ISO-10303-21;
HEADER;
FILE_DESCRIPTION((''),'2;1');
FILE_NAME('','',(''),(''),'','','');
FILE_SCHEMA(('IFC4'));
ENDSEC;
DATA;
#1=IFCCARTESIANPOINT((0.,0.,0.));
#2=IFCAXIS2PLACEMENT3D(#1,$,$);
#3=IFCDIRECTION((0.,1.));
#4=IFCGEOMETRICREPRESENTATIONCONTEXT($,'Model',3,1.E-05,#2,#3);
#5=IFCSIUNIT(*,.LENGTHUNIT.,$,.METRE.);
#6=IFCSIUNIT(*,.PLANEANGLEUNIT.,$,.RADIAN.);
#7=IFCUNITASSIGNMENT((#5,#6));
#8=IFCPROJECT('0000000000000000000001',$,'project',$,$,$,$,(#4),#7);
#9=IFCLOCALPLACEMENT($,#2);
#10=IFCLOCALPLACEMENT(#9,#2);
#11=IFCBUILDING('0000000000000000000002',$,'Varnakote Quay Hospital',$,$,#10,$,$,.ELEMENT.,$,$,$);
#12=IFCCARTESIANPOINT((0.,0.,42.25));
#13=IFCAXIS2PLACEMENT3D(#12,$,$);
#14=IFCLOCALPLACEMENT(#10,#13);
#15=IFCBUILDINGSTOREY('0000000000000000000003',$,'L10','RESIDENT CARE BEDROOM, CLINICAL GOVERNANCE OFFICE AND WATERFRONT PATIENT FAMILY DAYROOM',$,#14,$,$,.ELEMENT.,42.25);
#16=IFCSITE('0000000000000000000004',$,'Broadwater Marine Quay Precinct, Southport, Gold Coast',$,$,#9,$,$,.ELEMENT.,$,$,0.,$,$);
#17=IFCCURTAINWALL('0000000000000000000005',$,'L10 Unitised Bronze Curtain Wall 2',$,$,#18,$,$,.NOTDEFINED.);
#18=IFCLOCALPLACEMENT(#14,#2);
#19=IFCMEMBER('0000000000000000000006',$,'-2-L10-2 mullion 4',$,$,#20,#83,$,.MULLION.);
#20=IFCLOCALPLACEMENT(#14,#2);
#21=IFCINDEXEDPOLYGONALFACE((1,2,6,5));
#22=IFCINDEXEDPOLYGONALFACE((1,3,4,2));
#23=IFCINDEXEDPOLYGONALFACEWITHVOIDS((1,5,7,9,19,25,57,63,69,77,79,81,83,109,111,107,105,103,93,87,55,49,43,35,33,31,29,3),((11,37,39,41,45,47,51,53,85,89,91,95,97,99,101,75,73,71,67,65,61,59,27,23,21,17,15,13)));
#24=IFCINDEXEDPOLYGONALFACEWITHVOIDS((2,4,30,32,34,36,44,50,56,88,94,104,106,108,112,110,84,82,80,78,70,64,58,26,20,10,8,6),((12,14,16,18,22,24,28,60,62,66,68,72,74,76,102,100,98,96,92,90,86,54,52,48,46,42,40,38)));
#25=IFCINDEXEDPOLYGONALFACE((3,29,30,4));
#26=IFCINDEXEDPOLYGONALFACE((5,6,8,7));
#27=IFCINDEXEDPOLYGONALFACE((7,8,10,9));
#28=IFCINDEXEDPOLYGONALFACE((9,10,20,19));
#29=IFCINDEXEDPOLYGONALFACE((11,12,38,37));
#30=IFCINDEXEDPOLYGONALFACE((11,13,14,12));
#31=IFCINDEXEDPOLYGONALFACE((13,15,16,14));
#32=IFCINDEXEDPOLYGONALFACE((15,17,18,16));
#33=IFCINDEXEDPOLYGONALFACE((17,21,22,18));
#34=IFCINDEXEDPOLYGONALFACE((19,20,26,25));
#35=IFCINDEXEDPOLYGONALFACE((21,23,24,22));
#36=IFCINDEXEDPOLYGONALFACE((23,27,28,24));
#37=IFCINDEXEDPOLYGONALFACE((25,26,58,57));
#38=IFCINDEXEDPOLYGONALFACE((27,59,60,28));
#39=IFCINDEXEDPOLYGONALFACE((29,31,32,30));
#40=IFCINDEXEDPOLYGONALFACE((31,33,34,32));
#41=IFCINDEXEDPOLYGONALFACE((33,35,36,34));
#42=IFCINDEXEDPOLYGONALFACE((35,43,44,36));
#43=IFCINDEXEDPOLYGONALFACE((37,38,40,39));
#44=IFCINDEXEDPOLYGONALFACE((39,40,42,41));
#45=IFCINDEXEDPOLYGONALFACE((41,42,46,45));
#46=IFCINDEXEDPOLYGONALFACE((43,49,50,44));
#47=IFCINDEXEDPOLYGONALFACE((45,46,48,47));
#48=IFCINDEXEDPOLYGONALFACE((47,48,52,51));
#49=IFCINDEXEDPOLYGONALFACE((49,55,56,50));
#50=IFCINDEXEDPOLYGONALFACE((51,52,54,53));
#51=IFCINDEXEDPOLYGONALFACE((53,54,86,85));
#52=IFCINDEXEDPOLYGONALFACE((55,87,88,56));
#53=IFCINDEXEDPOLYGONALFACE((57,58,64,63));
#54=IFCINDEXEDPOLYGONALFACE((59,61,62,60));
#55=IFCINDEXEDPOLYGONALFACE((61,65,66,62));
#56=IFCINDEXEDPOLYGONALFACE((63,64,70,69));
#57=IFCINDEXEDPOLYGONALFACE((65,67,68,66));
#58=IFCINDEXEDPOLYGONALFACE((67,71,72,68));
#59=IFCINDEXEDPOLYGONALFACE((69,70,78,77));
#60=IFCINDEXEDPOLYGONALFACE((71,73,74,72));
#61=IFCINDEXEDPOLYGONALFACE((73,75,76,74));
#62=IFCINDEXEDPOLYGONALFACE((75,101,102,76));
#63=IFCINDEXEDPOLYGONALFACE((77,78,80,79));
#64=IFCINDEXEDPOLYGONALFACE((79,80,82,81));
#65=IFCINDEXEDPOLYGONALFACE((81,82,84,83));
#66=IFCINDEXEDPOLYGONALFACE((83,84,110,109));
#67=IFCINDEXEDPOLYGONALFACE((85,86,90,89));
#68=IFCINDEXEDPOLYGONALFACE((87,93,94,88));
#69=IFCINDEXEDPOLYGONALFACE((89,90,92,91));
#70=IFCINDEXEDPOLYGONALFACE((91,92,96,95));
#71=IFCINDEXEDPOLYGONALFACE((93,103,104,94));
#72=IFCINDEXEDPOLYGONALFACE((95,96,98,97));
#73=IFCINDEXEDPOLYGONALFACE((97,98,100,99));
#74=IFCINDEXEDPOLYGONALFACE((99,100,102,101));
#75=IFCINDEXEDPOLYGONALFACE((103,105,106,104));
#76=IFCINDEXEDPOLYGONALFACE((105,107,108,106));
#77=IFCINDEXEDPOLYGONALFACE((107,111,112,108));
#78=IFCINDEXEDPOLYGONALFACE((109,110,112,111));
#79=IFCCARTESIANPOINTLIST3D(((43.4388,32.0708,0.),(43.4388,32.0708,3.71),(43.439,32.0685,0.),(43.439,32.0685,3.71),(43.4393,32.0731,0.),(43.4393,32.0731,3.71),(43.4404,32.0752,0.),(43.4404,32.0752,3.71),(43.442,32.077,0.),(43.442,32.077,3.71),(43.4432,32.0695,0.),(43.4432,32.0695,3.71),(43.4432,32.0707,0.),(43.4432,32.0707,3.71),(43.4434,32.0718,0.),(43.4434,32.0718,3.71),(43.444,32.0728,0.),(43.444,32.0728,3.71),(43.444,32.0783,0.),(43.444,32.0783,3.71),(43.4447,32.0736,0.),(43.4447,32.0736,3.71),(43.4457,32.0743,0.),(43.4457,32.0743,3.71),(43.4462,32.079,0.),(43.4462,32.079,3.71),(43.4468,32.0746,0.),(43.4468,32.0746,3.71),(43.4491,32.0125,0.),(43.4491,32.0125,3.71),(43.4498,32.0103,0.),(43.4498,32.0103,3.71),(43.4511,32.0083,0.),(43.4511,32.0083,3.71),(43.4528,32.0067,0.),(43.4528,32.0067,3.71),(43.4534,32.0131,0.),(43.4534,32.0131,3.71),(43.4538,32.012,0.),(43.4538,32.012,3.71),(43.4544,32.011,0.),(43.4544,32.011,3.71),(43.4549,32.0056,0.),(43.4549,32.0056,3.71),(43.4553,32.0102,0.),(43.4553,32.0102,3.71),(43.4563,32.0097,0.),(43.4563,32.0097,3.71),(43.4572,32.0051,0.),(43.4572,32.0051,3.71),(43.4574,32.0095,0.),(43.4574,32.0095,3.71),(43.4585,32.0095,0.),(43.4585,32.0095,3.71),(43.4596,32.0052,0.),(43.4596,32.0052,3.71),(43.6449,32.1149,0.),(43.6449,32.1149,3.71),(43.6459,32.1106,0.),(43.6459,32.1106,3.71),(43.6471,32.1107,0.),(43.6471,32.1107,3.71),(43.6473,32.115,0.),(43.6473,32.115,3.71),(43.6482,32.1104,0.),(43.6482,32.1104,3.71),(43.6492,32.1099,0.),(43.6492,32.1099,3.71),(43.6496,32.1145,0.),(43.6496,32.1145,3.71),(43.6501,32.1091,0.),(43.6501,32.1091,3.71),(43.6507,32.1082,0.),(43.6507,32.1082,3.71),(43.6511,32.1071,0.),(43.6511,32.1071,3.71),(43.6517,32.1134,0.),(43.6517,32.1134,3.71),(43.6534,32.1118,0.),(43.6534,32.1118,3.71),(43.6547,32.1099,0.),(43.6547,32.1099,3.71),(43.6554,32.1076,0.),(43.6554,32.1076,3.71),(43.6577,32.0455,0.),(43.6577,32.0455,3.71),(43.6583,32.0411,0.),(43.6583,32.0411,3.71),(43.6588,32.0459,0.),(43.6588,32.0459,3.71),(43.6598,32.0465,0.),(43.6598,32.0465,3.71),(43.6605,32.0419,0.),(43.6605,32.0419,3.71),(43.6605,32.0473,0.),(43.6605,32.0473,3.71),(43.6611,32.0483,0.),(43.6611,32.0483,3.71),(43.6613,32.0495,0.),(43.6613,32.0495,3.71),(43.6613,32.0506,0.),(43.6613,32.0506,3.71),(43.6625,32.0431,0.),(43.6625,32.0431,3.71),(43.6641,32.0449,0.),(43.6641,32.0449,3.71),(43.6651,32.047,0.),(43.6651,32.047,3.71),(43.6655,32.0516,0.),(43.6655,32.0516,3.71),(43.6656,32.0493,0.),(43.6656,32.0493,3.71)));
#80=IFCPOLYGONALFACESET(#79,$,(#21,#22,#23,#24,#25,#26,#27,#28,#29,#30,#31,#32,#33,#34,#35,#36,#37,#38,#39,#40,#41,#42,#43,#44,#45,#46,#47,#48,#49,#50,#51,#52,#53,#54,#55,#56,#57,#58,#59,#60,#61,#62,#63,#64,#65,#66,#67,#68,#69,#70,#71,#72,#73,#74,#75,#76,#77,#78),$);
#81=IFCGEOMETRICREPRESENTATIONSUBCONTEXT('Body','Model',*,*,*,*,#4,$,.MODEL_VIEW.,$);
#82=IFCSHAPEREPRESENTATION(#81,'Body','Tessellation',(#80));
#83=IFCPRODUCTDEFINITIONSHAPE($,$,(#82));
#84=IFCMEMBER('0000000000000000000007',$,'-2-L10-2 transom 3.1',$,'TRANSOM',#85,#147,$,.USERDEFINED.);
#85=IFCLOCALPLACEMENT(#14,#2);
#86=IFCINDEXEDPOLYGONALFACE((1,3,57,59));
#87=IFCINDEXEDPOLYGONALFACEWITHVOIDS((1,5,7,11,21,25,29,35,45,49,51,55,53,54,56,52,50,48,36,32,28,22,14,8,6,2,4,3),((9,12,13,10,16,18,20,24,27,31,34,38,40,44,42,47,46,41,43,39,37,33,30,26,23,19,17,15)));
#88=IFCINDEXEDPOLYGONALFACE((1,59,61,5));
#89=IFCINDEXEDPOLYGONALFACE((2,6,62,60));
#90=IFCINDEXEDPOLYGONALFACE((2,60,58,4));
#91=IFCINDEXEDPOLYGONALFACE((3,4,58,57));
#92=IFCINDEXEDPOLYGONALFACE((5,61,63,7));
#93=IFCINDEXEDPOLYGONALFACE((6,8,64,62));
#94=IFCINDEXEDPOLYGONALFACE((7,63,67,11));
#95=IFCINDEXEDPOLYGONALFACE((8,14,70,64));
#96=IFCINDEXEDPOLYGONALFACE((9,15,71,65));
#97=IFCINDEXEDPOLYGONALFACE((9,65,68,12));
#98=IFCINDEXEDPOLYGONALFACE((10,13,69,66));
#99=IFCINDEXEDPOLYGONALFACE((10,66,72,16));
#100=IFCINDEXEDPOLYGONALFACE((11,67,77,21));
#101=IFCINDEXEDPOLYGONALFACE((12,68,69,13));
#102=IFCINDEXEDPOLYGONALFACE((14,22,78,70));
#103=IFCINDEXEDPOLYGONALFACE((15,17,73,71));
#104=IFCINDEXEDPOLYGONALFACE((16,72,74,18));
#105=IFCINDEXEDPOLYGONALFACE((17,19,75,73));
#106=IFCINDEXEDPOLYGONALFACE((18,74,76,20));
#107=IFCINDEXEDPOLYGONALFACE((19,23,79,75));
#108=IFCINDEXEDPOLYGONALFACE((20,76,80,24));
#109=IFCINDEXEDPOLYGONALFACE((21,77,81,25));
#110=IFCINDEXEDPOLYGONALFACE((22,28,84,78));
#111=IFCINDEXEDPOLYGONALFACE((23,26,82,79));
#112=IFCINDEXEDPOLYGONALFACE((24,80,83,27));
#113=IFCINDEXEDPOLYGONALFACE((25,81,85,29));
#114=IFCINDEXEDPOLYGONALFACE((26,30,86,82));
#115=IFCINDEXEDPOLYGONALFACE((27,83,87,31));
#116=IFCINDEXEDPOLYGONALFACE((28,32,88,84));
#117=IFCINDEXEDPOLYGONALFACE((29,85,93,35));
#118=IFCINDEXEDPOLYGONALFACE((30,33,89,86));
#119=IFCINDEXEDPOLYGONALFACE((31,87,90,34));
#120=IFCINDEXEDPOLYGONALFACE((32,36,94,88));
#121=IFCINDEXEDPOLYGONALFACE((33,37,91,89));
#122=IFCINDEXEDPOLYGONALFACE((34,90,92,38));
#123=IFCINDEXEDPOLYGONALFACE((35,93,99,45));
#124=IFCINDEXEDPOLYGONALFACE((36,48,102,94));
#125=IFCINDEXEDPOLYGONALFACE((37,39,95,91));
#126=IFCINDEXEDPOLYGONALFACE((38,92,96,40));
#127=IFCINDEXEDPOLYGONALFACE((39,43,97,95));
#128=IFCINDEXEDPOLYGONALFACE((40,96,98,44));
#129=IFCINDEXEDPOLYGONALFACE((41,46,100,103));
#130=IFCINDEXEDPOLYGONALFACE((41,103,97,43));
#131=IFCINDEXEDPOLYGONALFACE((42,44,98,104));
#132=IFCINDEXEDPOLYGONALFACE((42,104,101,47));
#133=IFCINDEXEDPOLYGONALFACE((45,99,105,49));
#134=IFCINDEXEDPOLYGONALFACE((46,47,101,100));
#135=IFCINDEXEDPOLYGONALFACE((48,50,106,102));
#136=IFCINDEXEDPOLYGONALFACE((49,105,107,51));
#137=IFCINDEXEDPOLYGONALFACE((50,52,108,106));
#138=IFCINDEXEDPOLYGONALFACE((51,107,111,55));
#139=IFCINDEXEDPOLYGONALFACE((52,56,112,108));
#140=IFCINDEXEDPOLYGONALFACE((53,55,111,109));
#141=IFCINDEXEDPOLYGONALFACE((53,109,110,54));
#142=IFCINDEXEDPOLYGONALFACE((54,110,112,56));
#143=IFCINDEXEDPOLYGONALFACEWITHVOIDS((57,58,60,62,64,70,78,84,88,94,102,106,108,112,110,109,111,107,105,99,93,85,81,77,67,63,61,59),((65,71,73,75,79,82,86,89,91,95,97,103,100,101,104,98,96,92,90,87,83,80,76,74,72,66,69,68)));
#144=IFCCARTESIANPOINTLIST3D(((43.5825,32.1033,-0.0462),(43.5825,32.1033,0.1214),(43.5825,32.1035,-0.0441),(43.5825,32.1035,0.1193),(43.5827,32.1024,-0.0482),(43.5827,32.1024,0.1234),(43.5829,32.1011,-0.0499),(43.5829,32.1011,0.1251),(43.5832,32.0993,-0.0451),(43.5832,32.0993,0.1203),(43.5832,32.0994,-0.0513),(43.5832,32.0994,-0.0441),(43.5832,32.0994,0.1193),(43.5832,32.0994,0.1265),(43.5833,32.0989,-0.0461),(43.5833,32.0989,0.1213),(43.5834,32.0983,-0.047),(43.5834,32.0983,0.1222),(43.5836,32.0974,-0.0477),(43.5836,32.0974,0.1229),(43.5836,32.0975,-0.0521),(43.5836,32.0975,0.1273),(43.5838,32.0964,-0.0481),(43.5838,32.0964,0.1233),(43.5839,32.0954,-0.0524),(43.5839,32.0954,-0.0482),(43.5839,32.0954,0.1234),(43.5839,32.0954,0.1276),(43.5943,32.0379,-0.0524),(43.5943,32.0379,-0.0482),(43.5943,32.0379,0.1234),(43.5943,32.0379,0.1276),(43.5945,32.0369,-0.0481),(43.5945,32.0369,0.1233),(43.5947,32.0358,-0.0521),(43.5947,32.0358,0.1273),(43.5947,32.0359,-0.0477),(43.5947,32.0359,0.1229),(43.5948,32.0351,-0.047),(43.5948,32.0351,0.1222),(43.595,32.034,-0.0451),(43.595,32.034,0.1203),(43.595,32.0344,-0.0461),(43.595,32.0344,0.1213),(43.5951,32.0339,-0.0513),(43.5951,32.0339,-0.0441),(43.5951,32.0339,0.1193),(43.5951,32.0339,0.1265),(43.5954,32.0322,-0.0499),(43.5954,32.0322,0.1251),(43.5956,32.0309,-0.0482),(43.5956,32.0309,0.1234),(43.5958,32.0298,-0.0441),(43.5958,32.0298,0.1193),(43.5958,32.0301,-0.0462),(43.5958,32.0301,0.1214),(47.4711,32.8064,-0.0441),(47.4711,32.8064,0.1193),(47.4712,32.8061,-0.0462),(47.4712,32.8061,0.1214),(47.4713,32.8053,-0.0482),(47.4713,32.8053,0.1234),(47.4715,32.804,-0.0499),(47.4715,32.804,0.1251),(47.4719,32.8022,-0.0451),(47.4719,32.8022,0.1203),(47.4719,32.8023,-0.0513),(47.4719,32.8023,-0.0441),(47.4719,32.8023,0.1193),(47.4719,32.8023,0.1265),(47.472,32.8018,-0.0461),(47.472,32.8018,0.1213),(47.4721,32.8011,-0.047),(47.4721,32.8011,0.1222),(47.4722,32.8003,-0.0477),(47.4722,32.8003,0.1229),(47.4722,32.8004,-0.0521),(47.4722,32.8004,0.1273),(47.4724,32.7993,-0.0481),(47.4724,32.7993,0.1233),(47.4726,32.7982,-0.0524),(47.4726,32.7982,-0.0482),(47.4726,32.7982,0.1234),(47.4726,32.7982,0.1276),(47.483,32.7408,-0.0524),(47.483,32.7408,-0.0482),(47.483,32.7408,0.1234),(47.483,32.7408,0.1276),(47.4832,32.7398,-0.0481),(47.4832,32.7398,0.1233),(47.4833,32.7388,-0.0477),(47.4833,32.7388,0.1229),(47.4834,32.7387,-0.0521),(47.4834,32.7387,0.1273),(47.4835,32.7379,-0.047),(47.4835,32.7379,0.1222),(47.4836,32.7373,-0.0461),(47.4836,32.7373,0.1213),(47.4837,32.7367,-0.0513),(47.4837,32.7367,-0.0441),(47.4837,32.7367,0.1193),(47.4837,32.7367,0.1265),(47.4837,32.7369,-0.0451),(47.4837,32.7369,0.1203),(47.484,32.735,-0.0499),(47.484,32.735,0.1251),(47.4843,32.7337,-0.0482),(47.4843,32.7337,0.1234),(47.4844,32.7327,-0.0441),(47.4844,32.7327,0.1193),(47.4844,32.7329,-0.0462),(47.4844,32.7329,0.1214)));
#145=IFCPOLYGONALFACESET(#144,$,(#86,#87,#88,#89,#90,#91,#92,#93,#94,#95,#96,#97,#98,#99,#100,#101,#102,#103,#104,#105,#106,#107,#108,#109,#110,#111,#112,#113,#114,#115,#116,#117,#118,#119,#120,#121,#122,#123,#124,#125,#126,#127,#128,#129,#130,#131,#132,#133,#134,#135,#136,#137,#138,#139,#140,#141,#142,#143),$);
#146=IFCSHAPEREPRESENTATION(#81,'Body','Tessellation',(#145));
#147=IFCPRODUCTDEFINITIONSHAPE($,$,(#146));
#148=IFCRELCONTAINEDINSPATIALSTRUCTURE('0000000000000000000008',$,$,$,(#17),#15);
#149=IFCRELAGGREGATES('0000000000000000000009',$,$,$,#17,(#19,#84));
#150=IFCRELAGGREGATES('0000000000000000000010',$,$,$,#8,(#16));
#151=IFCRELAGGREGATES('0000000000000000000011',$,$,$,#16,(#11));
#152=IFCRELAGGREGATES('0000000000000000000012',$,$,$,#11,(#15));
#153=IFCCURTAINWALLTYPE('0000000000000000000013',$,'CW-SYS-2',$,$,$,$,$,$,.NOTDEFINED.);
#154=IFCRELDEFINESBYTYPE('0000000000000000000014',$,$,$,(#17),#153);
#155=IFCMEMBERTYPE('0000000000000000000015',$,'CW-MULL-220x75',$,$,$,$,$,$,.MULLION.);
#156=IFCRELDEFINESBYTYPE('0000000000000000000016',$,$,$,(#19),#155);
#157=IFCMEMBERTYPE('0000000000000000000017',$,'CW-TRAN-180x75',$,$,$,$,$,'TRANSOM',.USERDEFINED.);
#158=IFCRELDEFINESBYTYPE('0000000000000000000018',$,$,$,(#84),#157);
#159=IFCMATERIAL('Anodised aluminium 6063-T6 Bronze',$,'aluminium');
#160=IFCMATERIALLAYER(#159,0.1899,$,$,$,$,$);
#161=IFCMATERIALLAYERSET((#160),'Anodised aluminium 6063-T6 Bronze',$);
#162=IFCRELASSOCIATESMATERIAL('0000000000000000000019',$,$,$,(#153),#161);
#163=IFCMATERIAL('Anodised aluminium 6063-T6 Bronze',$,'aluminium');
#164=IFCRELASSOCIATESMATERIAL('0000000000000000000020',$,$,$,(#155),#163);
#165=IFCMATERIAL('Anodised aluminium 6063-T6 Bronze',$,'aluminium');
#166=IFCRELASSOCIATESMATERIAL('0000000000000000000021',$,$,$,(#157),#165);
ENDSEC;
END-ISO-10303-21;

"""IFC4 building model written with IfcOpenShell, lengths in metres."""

from ifc_helpers import new_model, si_unit, direction, frame, origin, origin_2d, place, context, subcontext, project, spatial, hollow_rectangle, extrude, material, layer, layer_set, material_profile, profile_set, type_object, element, aggregate, save


model = new_model("IFC4")

# Units and contexts
model_context = context("Model", 3, precision=1e-05, world=origin(), true_north=direction((0.0, 1.0)))
body_context = subcontext(model_context, "Body", "Model", "MODEL_VIEW")
ifc_project = project(units=[si_unit("LENGTHUNIT", "METRE"), si_unit("PLANEANGLEUNIT", "RADIAN")], contexts=[model_context])

# Site, building, storey
site_placement = place(None, origin())
site = spatial("IfcSite", under=ifc_project, at=site_placement, Name="Broadwater Marine Quay Precinct, Southport, Gold Coast", CompositionType="ELEMENT", RefElevation=0.0)
building_placement = place(site_placement, origin())
building = spatial("IfcBuilding", under=site, at=building_placement, Name="Varnakote Quay Hospital", CompositionType="ELEMENT")
storey_placement = place(building_placement, frame((0.0, 0.0, 42.25)))
storey = spatial("IfcBuildingStorey", under=building, at=storey_placement, Name="L10", Description="RESIDENT CARE BEDROOM, CLINICAL GOVERNANCE OFFICE AND WATERFRONT PATIENT FAMILY DAYROOM", CompositionType="ELEMENT", Elevation=42.25)

# Curtain wall, members
ifc_material_1 = material(Name="Anodised aluminium 6063-T6 Bronze", Category="aluminium")
ifc_layer_1 = layer(ifc_material_1, 0.1899)
ifc_layer_set_1 = layer_set([ifc_layer_1], Name="Anodised aluminium 6063-T6 Bronze")
curtain_wall_type = type_object("IfcCurtainWallType", Name="CW-SYS-2", PredefinedType="NOTDEFINED", material=ifc_layer_set_1)
curtain_wall_placement = place(storey_placement, origin())
curtain_wall = element("IfcCurtainWall", 1, at=curtain_wall_placement, inside=storey, type_object=curtain_wall_type, Name="L10 Unitised Bronze Curtain Wall 2", PredefinedType="NOTDEFINED")
ifc_material_2 = material(Name="Anodised aluminium 6063-T6 Bronze", Category="aluminium")
ifc_material_profile_1 = material_profile(ifc_material_2, hollow_rectangle(XDim=0.075, YDim=0.22, WallThickness=0.0044, InnerFilletRadius=0.0044, OuterFilletRadius=0.009, at=origin_2d()), Name="CW-MULL-220x75")
ifc_profile_set_1 = profile_set([ifc_material_profile_1], Name="Anodised aluminium 6063-T6 Bronze")
member_type_1 = type_object("IfcMemberType", Name="CW-MULL-220x75", PredefinedType="MULLION", material=ifc_profile_set_1)
member_1_placement = place(storey_placement, frame((43.5522, 32.0601, 0.0), z_axis=(0.0, 0.0, 1.0), x_axis=(0.177846, -0.984058, 0.0)))
member_1 = element("IfcMember", 2, at=member_1_placement, type_object=member_type_1, Name="-2-L10-2 mullion 4", PredefinedType="MULLION", context=body_context, shape_type="SweptSolid", body=[
    extrude(hollow_rectangle(XDim=0.075, YDim=0.22, WallThickness=0.0044, InnerFilletRadius=0.0044, OuterFilletRadius=0.009, at=origin_2d()), origin(), (0.0, 0.0, 1.0), 3.71),
])
ifc_material_3 = material(Name="Anodised aluminium 6063-T6 Bronze", Category="aluminium")
ifc_material_profile_2 = material_profile(ifc_material_3, hollow_rectangle(XDim=0.075, YDim=0.1799, WallThickness=0.0042, InnerFilletRadius=0.0042, OuterFilletRadius=0.0083, at=origin_2d()), Name="CW-TRAN-180x75")
ifc_profile_set_2 = profile_set([ifc_material_profile_2], Name="Anodised aluminium 6063-T6 Bronze")
member_type_2 = type_object("IfcMemberType", Name="CW-TRAN-180x75", ElementType="TRANSOM", PredefinedType="USERDEFINED", material=ifc_profile_set_2)
member_2_placement = place(storey_placement, frame((47.4778, 32.7695, 0.0376), z_axis=(-0.984054, -0.177869, 0.0), x_axis=(0.177869, -0.984054, 0.0)))
member_2 = element("IfcMember", 3, at=member_2_placement, type_object=member_type_2, Name="-2-L10-2 transom 3.1", ObjectType="TRANSOM", PredefinedType="USERDEFINED", context=body_context, shape_type="SweptSolid", body=[
    extrude(hollow_rectangle(XDim=0.075, YDim=0.1799, WallThickness=0.0042, InnerFilletRadius=0.0042, OuterFilletRadius=0.0083, at=origin_2d()), origin(), (0.0, 0.0, 1.0), 3.9517),
])
aggregate(curtain_wall, [member_1, member_2])

save(model, "model.ifc")
